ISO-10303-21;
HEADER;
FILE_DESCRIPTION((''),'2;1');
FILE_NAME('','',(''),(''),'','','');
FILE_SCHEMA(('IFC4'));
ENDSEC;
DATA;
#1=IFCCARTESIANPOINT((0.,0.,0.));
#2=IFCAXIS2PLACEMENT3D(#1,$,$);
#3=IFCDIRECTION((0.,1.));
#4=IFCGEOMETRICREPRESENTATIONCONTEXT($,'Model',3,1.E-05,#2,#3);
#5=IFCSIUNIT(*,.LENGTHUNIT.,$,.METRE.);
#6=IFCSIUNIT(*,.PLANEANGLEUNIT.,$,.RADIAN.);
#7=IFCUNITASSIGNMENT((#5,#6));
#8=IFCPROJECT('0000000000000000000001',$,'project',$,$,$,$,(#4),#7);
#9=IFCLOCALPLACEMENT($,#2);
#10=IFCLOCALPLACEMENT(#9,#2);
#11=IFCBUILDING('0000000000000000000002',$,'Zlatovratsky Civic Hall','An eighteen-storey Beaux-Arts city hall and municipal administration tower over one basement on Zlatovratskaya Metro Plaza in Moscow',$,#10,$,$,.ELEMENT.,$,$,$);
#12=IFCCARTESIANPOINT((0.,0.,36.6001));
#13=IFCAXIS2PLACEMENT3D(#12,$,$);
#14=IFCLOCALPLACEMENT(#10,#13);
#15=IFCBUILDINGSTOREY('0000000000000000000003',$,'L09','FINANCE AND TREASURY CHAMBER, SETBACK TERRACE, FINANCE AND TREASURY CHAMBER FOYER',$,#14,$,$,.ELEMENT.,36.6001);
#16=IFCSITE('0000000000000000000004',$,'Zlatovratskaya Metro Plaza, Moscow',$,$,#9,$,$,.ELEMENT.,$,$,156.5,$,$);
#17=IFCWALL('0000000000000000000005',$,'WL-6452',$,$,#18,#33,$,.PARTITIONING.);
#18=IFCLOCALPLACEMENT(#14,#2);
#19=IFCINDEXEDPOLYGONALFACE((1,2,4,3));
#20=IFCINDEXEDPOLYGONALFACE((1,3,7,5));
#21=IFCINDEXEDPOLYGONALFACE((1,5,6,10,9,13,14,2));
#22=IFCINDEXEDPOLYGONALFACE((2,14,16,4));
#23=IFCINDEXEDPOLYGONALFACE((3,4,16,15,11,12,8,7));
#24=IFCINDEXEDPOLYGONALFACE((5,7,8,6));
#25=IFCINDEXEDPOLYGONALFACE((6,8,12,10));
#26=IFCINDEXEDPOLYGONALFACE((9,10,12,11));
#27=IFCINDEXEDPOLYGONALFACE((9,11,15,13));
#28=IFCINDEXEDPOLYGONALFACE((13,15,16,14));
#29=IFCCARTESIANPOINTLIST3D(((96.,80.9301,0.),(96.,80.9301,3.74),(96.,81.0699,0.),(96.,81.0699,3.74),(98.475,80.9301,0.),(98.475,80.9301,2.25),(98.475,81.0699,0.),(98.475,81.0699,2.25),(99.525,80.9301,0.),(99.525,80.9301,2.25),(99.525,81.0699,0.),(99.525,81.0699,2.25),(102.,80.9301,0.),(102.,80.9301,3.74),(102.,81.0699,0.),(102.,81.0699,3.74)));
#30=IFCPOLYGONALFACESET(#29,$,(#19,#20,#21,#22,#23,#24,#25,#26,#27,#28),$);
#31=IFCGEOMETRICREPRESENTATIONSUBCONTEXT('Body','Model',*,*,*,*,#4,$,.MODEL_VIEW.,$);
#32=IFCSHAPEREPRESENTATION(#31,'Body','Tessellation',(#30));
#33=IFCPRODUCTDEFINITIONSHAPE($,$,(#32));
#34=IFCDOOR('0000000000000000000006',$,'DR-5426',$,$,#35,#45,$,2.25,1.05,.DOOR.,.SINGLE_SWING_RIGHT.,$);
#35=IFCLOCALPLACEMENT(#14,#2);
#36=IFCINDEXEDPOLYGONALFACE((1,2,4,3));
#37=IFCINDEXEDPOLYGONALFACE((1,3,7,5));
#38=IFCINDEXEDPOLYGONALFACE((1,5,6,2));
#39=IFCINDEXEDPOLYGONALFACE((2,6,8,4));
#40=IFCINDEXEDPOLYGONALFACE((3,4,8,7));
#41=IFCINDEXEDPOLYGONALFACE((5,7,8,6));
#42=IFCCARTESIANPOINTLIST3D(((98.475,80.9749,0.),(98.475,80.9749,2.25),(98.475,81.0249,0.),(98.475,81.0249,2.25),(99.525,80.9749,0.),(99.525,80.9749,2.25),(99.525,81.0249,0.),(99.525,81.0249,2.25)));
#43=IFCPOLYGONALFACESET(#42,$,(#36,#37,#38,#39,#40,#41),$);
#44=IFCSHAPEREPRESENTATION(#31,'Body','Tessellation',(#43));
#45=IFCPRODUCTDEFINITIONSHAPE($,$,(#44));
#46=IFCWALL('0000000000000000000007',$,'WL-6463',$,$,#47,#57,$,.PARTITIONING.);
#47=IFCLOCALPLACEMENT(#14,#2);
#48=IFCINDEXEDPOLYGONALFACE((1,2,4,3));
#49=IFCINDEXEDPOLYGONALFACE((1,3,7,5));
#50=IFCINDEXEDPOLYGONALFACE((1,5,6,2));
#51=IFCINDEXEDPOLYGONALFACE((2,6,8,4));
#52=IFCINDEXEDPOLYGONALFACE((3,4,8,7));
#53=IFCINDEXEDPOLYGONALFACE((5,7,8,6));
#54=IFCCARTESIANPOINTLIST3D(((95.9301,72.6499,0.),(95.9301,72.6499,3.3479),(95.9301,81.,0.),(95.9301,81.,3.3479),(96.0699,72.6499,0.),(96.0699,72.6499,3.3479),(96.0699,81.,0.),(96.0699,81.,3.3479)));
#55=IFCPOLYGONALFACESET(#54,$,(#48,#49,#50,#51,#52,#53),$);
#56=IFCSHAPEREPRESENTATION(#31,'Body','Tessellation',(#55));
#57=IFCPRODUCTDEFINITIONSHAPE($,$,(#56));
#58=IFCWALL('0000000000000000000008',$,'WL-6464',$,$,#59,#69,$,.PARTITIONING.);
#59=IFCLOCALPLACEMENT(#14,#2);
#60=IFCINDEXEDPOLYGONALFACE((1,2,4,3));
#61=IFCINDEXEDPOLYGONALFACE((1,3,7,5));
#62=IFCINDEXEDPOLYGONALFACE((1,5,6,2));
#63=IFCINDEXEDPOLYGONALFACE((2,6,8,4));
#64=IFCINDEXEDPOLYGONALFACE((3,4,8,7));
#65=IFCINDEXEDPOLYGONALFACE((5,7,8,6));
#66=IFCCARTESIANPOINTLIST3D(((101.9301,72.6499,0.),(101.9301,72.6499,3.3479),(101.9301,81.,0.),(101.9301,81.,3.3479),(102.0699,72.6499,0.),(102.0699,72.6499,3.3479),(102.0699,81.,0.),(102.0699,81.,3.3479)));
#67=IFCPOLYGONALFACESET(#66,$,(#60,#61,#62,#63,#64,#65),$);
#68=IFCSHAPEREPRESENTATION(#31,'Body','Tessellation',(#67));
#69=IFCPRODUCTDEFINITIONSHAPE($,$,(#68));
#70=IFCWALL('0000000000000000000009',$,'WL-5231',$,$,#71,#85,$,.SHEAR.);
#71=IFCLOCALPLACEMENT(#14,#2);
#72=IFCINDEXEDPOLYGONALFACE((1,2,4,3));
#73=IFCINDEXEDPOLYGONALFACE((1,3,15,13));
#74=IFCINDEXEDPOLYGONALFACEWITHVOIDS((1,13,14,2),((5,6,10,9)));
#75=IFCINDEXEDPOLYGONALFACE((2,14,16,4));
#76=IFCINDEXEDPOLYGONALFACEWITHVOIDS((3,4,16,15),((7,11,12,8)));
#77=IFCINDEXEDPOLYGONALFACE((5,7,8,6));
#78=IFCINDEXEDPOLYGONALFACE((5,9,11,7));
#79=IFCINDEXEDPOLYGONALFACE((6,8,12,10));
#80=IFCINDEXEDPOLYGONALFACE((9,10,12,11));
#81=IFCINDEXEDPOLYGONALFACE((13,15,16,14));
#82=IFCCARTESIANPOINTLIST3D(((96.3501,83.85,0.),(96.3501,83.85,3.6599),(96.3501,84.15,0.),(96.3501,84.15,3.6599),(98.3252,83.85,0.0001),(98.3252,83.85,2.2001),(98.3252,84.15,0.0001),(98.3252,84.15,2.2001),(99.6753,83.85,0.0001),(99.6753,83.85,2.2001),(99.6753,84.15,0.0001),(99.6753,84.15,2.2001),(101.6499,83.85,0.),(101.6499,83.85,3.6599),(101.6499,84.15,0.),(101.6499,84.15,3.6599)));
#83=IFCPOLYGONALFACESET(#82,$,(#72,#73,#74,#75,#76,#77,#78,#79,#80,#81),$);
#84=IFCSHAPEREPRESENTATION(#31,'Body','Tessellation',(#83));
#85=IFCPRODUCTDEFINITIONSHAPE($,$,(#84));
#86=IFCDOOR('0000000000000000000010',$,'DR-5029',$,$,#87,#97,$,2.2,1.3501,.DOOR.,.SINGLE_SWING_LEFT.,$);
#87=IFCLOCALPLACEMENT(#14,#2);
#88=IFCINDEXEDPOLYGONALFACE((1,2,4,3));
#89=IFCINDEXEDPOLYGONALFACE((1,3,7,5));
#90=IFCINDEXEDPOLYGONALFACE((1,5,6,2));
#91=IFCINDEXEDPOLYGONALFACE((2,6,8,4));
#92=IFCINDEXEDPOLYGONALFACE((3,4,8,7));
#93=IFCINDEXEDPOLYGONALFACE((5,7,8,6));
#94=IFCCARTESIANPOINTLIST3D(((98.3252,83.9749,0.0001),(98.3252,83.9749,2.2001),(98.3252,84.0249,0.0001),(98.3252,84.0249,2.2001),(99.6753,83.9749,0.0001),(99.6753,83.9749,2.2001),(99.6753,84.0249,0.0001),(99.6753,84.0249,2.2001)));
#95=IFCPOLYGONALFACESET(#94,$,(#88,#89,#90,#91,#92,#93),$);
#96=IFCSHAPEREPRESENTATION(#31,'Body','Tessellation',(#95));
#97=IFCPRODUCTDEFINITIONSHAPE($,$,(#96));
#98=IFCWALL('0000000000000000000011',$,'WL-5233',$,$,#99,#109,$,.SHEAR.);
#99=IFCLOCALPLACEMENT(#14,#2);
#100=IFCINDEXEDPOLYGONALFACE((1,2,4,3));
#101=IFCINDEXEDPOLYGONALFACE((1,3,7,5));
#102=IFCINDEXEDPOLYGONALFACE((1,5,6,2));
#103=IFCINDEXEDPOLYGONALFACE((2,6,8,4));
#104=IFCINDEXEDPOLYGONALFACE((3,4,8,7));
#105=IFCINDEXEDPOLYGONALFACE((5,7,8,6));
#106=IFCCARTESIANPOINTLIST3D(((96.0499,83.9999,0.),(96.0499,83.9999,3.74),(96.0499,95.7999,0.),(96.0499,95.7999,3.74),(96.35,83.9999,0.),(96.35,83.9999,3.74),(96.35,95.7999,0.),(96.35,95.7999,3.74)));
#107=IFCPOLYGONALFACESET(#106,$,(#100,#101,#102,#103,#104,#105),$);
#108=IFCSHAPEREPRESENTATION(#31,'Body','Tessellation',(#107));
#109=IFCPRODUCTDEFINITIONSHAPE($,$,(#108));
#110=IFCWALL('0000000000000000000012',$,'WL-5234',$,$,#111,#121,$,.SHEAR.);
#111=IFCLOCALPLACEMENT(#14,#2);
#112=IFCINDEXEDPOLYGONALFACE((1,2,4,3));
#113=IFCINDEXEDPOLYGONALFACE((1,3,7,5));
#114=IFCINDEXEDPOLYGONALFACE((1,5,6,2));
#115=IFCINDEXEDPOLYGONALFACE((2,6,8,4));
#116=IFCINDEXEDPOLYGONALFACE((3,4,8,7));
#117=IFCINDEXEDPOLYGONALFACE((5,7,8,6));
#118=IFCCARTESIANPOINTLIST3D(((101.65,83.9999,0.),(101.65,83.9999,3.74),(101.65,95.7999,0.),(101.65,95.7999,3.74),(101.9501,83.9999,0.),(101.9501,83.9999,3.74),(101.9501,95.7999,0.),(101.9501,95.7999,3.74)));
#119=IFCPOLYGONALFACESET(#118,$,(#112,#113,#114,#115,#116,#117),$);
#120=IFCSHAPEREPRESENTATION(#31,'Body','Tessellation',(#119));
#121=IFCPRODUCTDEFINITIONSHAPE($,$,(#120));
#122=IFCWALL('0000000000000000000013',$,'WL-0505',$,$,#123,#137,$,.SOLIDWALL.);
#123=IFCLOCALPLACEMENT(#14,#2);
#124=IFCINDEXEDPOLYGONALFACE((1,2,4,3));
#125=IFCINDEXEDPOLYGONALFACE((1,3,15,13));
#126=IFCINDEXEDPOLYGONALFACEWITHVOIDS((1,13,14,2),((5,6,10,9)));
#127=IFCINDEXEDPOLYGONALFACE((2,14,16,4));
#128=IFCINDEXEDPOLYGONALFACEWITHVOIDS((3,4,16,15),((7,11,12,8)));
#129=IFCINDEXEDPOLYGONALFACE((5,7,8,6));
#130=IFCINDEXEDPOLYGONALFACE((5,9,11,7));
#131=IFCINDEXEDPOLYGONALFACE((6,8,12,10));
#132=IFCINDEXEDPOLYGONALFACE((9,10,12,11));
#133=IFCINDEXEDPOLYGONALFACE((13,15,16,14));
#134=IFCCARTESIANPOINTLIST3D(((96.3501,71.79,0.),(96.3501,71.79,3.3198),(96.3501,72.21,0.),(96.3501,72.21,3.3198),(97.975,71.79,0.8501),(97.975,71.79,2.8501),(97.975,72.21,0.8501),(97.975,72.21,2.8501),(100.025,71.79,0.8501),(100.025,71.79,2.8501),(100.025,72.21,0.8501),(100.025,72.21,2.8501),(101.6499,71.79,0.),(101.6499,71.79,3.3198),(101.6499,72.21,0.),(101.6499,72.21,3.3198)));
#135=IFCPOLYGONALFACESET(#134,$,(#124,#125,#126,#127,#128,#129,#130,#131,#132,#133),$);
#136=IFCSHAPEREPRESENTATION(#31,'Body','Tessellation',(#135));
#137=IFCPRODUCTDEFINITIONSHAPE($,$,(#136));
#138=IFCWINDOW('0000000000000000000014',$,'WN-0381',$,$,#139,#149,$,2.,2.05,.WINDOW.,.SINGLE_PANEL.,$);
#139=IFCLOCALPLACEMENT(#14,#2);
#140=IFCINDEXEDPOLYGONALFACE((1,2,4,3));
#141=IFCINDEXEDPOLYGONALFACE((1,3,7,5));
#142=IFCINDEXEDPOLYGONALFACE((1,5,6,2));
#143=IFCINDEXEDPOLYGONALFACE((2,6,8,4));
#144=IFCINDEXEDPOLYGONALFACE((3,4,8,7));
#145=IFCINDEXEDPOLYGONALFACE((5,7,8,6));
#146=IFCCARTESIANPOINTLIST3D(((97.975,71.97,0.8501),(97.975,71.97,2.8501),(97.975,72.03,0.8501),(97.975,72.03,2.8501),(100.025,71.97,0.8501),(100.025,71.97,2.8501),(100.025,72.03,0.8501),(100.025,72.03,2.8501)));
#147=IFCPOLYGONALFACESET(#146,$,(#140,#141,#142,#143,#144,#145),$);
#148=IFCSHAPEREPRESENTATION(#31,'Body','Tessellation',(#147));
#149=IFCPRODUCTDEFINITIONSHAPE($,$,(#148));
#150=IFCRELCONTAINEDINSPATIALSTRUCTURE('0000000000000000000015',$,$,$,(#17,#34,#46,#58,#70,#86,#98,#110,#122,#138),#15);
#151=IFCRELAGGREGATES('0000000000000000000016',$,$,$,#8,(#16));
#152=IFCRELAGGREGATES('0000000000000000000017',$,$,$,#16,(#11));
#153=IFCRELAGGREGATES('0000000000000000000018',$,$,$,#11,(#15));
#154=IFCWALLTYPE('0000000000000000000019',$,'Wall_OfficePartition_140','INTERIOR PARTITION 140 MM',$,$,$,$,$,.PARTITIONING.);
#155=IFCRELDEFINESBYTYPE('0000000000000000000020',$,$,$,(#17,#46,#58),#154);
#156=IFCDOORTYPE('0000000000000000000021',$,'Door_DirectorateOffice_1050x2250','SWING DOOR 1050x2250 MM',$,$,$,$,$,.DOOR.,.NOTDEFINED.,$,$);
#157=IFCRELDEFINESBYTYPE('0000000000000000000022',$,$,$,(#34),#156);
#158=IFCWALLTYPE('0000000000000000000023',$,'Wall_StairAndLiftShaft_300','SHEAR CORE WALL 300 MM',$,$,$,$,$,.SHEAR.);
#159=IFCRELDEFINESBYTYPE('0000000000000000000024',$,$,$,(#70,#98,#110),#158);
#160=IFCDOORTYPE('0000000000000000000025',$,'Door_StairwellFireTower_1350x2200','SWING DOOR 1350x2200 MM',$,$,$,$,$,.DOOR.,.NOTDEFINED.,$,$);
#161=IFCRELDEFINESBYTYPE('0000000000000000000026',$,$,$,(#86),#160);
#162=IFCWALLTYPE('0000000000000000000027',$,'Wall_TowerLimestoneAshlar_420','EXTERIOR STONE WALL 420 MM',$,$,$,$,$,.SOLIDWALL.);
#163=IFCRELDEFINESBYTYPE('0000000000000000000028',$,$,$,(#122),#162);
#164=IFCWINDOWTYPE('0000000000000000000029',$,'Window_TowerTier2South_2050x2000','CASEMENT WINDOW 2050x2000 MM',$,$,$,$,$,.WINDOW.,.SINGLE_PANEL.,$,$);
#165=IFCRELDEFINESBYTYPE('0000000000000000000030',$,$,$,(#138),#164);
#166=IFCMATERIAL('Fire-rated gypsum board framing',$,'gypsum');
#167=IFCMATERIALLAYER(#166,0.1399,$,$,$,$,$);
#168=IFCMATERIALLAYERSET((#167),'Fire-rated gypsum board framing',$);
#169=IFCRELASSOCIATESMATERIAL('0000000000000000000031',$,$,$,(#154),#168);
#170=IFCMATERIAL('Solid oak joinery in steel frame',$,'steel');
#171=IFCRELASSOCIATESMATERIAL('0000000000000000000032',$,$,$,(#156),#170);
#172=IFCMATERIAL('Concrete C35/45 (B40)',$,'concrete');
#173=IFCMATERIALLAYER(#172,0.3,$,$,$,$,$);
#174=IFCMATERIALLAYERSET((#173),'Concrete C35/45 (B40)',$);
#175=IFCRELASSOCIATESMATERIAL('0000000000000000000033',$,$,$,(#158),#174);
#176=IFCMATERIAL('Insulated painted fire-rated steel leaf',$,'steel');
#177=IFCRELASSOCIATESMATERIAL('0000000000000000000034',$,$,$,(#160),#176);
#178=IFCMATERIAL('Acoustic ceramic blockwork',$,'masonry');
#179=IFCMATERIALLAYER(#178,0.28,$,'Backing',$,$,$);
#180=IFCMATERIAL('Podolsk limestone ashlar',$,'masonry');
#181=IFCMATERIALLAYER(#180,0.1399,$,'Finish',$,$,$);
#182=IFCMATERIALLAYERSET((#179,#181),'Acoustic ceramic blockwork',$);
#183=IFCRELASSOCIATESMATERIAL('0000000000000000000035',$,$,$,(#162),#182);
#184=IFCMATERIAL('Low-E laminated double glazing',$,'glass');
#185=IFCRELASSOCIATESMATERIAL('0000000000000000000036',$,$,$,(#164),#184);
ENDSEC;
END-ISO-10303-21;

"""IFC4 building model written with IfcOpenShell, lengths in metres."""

from ifc_helpers import new_model, si_unit, direction, frame, frame_2d, origin, place, context, subcontext, project, spatial, rectangle, extrude, material, layer, layer_set, type_object, element, fill, save


model = new_model("IFC4")

# Units and contexts
model_context = context("Model", 3, precision=1e-05, world=origin(), true_north=direction((0.0, 1.0)))
body_context = subcontext(model_context, "Body", "Model", "MODEL_VIEW")
ifc_project = project(units=[si_unit("LENGTHUNIT", "METRE"), si_unit("PLANEANGLEUNIT", "RADIAN")], contexts=[model_context])

# Site, building, storey
site_placement = place(None, origin())
site = spatial("IfcSite", under=ifc_project, at=site_placement, Name="Zlatovratskaya Metro Plaza, Moscow", CompositionType="ELEMENT", RefElevation=156.5)
building_placement = place(site_placement, origin())
building = spatial("IfcBuilding", under=site, at=building_placement, Name="Zlatovratsky Civic Hall", Description="An eighteen-storey Beaux-Arts city hall and municipal administration tower over one basement on Zlatovratskaya Metro Plaza in Moscow", CompositionType="ELEMENT")
storey_placement = place(building_placement, frame((0.0, 0.0, 36.6001)))
storey = spatial("IfcBuildingStorey", under=building, at=storey_placement, Name="L09", Description="FINANCE AND TREASURY CHAMBER, SETBACK TERRACE, FINANCE AND TREASURY CHAMBER FOYER", CompositionType="ELEMENT", Elevation=36.6001)

# Shared definitions
ifc_material_1 = material(Name="Concrete C35/45 (B40)", Category="concrete")

# Wall, opening, door
ifc_material_2 = material(Name="Fire-rated gypsum board framing", Category="gypsum")
ifc_layer_1 = layer(ifc_material_2, 0.1399)
ifc_layer_set_1 = layer_set([ifc_layer_1], Name="Fire-rated gypsum board framing")
wall_type_1 = type_object("IfcWallType", Name="Wall_OfficePartition_140", Description="INTERIOR PARTITION 140 MM", PredefinedType="PARTITIONING", material=ifc_layer_set_1)
wall_1_placement = place(storey_placement, frame((96.0, 81.0, 0.0), z_axis=(0.0, 0.0, 1.0), x_axis=(1.0, 0.0, 0.0)))
wall_1 = element("IfcWall", 1, at=wall_1_placement, inside=storey, type_object=wall_type_1, Name="WL-6452", PredefinedType="PARTITIONING", context=body_context, shape_type="SweptSolid", body=[
    extrude(rectangle(XDim=6.0, YDim=0.1399, at=frame_2d((3.0, 0.0))), origin(), (0.0, 0.0, 1.0), 3.74),
])
opening_1_placement = place(wall_1_placement, frame((2.4751, 0.0, 0.0)))
opening_1 = element("IfcOpeningElement", 2, at=opening_1_placement, cuts=wall_1, PredefinedType="OPENING", context=body_context, shape_type="SweptSolid", body=[
    extrude(rectangle(XDim=1.05, YDim=2.25, at=frame_2d((0.5249, 1.125))), frame((0.0, 0.085, 0.0), z_axis=(0.0, -1.0, 0.0), x_axis=(1.0, 0.0, 0.0)), (0.0, 0.0, 1.0), 0.1697),
])
ifc_material_3 = material(Name="Solid oak joinery in steel frame", Category="steel")
door_type_1 = type_object("IfcDoorType", Name="Door_DirectorateOffice_1050x2250", Description="SWING DOOR 1050x2250 MM", OperationType="NOTDEFINED", PredefinedType="DOOR", material=ifc_material_3)
door_1_placement = place(opening_1_placement, origin())
door_1 = element("IfcDoor", 3, at=door_1_placement, inside=storey, type_object=door_type_1, Name="DR-5426", OperationType="SINGLE_SWING_RIGHT", OverallHeight=2.25, OverallWidth=1.05, PredefinedType="DOOR", context=body_context, shape_type="SweptSolid", body=[
    extrude(rectangle(XDim=1.05, YDim=2.25, at=frame_2d((0.5249, 1.125))), frame((0.0, 0.0249, 0.0), z_axis=(0.0, -1.0, 0.0), x_axis=(1.0, 0.0, 0.0)), (0.0, 0.0, 1.0), 0.05),
])
fill(opening_1, door_1)

# Walls
for number, where, z_axis, x_axis, name in (
    (4, (96.0, 72.6499, 0.0), (0.0, 0.0, 1.0), (0.0, 1.0, 0.0), "WL-6463"),
    (5, (102.0, 72.6499, 0.0), (0.0, 0.0, 1.0), (0.0, 1.0, 0.0), "WL-6464"),
):
    element("IfcWall", number, at=place(storey_placement, frame(where, z_axis=z_axis, x_axis=x_axis)), inside=storey, type_object=wall_type_1, Name=name, PredefinedType="PARTITIONING", context=body_context, shape_type="SweptSolid", body=[
        extrude(rectangle(XDim=8.3501, YDim=0.1399, at=frame_2d((4.175, 0.0))), origin(), (0.0, 0.0, 1.0), 3.3479),
    ])

# Wall, opening, door
ifc_layer_2 = layer(ifc_material_1, 0.3)
ifc_layer_set_2 = layer_set([ifc_layer_2], Name="Concrete C35/45 (B40)")
wall_type_2 = type_object("IfcWallType", Name="Wall_StairAndLiftShaft_300", Description="SHEAR CORE WALL 300 MM", PredefinedType="SHEAR", material=ifc_layer_set_2)
wall_2_placement = place(storey_placement, frame((96.3501, 84.0, 0.0), z_axis=(0.0, 0.0, 1.0), x_axis=(1.0, 0.0, 0.0)))
wall_2 = element("IfcWall", 6, at=wall_2_placement, inside=storey, type_object=wall_type_2, Name="WL-5231", PredefinedType="SHEAR", context=body_context, shape_type="SweptSolid", body=[
    extrude(rectangle(XDim=5.2998, YDim=0.3, at=frame_2d((2.6499, 0.0))), origin(), (0.0, 0.0, 1.0), 3.6599),
])
opening_2_placement = place(wall_2_placement, frame((1.9751, 0.0, 0.0)))
opening_2 = element("IfcOpeningElement", 7, at=opening_2_placement, cuts=wall_2, PredefinedType="OPENING", context=body_context, shape_type="SweptSolid", body=[
    extrude(rectangle(XDim=1.3501, YDim=2.2, at=frame_2d((0.675, 1.1001))), frame((0.0, 0.165, 0.0), z_axis=(0.0, -1.0, 0.0), x_axis=(1.0, 0.0, 0.0)), (0.0, 0.0, 1.0), 0.3298),
])
ifc_material_4 = material(Name="Insulated painted fire-rated steel leaf", Category="steel")
door_type_2 = type_object("IfcDoorType", Name="Door_StairwellFireTower_1350x2200", Description="SWING DOOR 1350x2200 MM", OperationType="NOTDEFINED", PredefinedType="DOOR", material=ifc_material_4)
door_2_placement = place(opening_2_placement, origin())
door_2 = element("IfcDoor", 8, at=door_2_placement, inside=storey, type_object=door_type_2, Name="DR-5029", OperationType="SINGLE_SWING_LEFT", OverallHeight=2.2, OverallWidth=1.3501, PredefinedType="DOOR", context=body_context, shape_type="SweptSolid", body=[
    extrude(rectangle(XDim=1.3501, YDim=2.2, at=frame_2d((0.675, 1.1001))), frame((0.0, 0.0249, 0.0), z_axis=(0.0, -1.0, 0.0), x_axis=(1.0, 0.0, 0.0)), (0.0, 0.0, 1.0), 0.05),
])
fill(opening_2, door_2)

# Walls
for number, where, z_axis, x_axis, name in (
    (9, (96.2, 84.0, 0.0), (0.0, 0.0, 1.0), (0.0, 1.0, 0.0), "WL-5233"),
    (10, (101.8, 84.0, 0.0), (0.0, 0.0, 1.0), (0.0, 1.0, 0.0), "WL-5234"),
):
    element("IfcWall", number, at=place(storey_placement, frame(where, z_axis=z_axis, x_axis=x_axis)), inside=storey, type_object=wall_type_2, Name=name, PredefinedType="SHEAR", context=body_context, shape_type="SweptSolid", body=[
        extrude(rectangle(XDim=11.8, YDim=0.3, at=frame_2d((5.8999, 0.0))), origin(), (0.0, 0.0, 1.0), 3.74),
    ])

# Wall, opening, window
ifc_material_5 = material(Name="Acoustic ceramic blockwork", Category="masonry")
ifc_layer_3 = layer(ifc_material_5, 0.28, Name="Backing")
ifc_material_6 = material(Name="Podolsk limestone ashlar", Category="masonry")
ifc_layer_4 = layer(ifc_material_6, 0.1399, Name="Finish")
ifc_layer_set_3 = layer_set([ifc_layer_3, ifc_layer_4], Name="Acoustic ceramic blockwork")
wall_type_3 = type_object("IfcWallType", Name="Wall_TowerLimestoneAshlar_420", Description="EXTERIOR STONE WALL 420 MM", PredefinedType="SOLIDWALL", material=ifc_layer_set_3)
wall_3_placement = place(storey_placement, frame((96.3501, 72.0, 0.0), z_axis=(0.0, 0.0, 1.0), x_axis=(1.0, 0.0, 0.0)))
wall_3 = element("IfcWall", 11, at=wall_3_placement, inside=storey, type_object=wall_type_3, Name="WL-0505", PredefinedType="SOLIDWALL", context=body_context, shape_type="SweptSolid", body=[
    extrude(rectangle(XDim=5.2998, YDim=0.4199, at=frame_2d((2.6499, 0.0))), origin(), (0.0, 0.0, 1.0), 3.3198),
])
opening_3_placement = place(wall_3_placement, frame((1.625, 0.0, 0.8501)))
opening_3 = element("IfcOpeningElement", 12, at=opening_3_placement, cuts=wall_3, PredefinedType="OPENING", context=body_context, shape_type="SweptSolid", body=[
    extrude(rectangle(XDim=2.05, YDim=2.0, at=frame_2d((1.0249, 1.0))), frame((0.0, 0.2249, 0.0), z_axis=(0.0, -1.0, 0.0), x_axis=(1.0, 0.0, 0.0)), (0.0, 0.0, 1.0), 0.4497),
])
ifc_material_7 = material(Name="Low-E laminated double glazing", Category="glass")
window_type = type_object("IfcWindowType", Name="Window_TowerTier2South_2050x2000", Description="CASEMENT WINDOW 2050x2000 MM", PartitioningType="SINGLE_PANEL", PredefinedType="WINDOW", material=ifc_material_7)
window_placement = place(opening_3_placement, origin())
window = element("IfcWindow", 13, at=window_placement, inside=storey, type_object=window_type, Name="WN-0381", OverallHeight=2.0, OverallWidth=2.05, PartitioningType="SINGLE_PANEL", PredefinedType="WINDOW", context=body_context, shape_type="SweptSolid", body=[
    extrude(rectangle(XDim=2.05, YDim=2.0, at=frame_2d((1.0249, 1.0))), frame((0.0, 0.03, 0.0), z_axis=(0.0, -1.0, 0.0), x_axis=(1.0, 0.0, 0.0)), (0.0, 0.0, 1.0), 0.0601),
])
fill(opening_3, window)

save(model, "model.ifc")
